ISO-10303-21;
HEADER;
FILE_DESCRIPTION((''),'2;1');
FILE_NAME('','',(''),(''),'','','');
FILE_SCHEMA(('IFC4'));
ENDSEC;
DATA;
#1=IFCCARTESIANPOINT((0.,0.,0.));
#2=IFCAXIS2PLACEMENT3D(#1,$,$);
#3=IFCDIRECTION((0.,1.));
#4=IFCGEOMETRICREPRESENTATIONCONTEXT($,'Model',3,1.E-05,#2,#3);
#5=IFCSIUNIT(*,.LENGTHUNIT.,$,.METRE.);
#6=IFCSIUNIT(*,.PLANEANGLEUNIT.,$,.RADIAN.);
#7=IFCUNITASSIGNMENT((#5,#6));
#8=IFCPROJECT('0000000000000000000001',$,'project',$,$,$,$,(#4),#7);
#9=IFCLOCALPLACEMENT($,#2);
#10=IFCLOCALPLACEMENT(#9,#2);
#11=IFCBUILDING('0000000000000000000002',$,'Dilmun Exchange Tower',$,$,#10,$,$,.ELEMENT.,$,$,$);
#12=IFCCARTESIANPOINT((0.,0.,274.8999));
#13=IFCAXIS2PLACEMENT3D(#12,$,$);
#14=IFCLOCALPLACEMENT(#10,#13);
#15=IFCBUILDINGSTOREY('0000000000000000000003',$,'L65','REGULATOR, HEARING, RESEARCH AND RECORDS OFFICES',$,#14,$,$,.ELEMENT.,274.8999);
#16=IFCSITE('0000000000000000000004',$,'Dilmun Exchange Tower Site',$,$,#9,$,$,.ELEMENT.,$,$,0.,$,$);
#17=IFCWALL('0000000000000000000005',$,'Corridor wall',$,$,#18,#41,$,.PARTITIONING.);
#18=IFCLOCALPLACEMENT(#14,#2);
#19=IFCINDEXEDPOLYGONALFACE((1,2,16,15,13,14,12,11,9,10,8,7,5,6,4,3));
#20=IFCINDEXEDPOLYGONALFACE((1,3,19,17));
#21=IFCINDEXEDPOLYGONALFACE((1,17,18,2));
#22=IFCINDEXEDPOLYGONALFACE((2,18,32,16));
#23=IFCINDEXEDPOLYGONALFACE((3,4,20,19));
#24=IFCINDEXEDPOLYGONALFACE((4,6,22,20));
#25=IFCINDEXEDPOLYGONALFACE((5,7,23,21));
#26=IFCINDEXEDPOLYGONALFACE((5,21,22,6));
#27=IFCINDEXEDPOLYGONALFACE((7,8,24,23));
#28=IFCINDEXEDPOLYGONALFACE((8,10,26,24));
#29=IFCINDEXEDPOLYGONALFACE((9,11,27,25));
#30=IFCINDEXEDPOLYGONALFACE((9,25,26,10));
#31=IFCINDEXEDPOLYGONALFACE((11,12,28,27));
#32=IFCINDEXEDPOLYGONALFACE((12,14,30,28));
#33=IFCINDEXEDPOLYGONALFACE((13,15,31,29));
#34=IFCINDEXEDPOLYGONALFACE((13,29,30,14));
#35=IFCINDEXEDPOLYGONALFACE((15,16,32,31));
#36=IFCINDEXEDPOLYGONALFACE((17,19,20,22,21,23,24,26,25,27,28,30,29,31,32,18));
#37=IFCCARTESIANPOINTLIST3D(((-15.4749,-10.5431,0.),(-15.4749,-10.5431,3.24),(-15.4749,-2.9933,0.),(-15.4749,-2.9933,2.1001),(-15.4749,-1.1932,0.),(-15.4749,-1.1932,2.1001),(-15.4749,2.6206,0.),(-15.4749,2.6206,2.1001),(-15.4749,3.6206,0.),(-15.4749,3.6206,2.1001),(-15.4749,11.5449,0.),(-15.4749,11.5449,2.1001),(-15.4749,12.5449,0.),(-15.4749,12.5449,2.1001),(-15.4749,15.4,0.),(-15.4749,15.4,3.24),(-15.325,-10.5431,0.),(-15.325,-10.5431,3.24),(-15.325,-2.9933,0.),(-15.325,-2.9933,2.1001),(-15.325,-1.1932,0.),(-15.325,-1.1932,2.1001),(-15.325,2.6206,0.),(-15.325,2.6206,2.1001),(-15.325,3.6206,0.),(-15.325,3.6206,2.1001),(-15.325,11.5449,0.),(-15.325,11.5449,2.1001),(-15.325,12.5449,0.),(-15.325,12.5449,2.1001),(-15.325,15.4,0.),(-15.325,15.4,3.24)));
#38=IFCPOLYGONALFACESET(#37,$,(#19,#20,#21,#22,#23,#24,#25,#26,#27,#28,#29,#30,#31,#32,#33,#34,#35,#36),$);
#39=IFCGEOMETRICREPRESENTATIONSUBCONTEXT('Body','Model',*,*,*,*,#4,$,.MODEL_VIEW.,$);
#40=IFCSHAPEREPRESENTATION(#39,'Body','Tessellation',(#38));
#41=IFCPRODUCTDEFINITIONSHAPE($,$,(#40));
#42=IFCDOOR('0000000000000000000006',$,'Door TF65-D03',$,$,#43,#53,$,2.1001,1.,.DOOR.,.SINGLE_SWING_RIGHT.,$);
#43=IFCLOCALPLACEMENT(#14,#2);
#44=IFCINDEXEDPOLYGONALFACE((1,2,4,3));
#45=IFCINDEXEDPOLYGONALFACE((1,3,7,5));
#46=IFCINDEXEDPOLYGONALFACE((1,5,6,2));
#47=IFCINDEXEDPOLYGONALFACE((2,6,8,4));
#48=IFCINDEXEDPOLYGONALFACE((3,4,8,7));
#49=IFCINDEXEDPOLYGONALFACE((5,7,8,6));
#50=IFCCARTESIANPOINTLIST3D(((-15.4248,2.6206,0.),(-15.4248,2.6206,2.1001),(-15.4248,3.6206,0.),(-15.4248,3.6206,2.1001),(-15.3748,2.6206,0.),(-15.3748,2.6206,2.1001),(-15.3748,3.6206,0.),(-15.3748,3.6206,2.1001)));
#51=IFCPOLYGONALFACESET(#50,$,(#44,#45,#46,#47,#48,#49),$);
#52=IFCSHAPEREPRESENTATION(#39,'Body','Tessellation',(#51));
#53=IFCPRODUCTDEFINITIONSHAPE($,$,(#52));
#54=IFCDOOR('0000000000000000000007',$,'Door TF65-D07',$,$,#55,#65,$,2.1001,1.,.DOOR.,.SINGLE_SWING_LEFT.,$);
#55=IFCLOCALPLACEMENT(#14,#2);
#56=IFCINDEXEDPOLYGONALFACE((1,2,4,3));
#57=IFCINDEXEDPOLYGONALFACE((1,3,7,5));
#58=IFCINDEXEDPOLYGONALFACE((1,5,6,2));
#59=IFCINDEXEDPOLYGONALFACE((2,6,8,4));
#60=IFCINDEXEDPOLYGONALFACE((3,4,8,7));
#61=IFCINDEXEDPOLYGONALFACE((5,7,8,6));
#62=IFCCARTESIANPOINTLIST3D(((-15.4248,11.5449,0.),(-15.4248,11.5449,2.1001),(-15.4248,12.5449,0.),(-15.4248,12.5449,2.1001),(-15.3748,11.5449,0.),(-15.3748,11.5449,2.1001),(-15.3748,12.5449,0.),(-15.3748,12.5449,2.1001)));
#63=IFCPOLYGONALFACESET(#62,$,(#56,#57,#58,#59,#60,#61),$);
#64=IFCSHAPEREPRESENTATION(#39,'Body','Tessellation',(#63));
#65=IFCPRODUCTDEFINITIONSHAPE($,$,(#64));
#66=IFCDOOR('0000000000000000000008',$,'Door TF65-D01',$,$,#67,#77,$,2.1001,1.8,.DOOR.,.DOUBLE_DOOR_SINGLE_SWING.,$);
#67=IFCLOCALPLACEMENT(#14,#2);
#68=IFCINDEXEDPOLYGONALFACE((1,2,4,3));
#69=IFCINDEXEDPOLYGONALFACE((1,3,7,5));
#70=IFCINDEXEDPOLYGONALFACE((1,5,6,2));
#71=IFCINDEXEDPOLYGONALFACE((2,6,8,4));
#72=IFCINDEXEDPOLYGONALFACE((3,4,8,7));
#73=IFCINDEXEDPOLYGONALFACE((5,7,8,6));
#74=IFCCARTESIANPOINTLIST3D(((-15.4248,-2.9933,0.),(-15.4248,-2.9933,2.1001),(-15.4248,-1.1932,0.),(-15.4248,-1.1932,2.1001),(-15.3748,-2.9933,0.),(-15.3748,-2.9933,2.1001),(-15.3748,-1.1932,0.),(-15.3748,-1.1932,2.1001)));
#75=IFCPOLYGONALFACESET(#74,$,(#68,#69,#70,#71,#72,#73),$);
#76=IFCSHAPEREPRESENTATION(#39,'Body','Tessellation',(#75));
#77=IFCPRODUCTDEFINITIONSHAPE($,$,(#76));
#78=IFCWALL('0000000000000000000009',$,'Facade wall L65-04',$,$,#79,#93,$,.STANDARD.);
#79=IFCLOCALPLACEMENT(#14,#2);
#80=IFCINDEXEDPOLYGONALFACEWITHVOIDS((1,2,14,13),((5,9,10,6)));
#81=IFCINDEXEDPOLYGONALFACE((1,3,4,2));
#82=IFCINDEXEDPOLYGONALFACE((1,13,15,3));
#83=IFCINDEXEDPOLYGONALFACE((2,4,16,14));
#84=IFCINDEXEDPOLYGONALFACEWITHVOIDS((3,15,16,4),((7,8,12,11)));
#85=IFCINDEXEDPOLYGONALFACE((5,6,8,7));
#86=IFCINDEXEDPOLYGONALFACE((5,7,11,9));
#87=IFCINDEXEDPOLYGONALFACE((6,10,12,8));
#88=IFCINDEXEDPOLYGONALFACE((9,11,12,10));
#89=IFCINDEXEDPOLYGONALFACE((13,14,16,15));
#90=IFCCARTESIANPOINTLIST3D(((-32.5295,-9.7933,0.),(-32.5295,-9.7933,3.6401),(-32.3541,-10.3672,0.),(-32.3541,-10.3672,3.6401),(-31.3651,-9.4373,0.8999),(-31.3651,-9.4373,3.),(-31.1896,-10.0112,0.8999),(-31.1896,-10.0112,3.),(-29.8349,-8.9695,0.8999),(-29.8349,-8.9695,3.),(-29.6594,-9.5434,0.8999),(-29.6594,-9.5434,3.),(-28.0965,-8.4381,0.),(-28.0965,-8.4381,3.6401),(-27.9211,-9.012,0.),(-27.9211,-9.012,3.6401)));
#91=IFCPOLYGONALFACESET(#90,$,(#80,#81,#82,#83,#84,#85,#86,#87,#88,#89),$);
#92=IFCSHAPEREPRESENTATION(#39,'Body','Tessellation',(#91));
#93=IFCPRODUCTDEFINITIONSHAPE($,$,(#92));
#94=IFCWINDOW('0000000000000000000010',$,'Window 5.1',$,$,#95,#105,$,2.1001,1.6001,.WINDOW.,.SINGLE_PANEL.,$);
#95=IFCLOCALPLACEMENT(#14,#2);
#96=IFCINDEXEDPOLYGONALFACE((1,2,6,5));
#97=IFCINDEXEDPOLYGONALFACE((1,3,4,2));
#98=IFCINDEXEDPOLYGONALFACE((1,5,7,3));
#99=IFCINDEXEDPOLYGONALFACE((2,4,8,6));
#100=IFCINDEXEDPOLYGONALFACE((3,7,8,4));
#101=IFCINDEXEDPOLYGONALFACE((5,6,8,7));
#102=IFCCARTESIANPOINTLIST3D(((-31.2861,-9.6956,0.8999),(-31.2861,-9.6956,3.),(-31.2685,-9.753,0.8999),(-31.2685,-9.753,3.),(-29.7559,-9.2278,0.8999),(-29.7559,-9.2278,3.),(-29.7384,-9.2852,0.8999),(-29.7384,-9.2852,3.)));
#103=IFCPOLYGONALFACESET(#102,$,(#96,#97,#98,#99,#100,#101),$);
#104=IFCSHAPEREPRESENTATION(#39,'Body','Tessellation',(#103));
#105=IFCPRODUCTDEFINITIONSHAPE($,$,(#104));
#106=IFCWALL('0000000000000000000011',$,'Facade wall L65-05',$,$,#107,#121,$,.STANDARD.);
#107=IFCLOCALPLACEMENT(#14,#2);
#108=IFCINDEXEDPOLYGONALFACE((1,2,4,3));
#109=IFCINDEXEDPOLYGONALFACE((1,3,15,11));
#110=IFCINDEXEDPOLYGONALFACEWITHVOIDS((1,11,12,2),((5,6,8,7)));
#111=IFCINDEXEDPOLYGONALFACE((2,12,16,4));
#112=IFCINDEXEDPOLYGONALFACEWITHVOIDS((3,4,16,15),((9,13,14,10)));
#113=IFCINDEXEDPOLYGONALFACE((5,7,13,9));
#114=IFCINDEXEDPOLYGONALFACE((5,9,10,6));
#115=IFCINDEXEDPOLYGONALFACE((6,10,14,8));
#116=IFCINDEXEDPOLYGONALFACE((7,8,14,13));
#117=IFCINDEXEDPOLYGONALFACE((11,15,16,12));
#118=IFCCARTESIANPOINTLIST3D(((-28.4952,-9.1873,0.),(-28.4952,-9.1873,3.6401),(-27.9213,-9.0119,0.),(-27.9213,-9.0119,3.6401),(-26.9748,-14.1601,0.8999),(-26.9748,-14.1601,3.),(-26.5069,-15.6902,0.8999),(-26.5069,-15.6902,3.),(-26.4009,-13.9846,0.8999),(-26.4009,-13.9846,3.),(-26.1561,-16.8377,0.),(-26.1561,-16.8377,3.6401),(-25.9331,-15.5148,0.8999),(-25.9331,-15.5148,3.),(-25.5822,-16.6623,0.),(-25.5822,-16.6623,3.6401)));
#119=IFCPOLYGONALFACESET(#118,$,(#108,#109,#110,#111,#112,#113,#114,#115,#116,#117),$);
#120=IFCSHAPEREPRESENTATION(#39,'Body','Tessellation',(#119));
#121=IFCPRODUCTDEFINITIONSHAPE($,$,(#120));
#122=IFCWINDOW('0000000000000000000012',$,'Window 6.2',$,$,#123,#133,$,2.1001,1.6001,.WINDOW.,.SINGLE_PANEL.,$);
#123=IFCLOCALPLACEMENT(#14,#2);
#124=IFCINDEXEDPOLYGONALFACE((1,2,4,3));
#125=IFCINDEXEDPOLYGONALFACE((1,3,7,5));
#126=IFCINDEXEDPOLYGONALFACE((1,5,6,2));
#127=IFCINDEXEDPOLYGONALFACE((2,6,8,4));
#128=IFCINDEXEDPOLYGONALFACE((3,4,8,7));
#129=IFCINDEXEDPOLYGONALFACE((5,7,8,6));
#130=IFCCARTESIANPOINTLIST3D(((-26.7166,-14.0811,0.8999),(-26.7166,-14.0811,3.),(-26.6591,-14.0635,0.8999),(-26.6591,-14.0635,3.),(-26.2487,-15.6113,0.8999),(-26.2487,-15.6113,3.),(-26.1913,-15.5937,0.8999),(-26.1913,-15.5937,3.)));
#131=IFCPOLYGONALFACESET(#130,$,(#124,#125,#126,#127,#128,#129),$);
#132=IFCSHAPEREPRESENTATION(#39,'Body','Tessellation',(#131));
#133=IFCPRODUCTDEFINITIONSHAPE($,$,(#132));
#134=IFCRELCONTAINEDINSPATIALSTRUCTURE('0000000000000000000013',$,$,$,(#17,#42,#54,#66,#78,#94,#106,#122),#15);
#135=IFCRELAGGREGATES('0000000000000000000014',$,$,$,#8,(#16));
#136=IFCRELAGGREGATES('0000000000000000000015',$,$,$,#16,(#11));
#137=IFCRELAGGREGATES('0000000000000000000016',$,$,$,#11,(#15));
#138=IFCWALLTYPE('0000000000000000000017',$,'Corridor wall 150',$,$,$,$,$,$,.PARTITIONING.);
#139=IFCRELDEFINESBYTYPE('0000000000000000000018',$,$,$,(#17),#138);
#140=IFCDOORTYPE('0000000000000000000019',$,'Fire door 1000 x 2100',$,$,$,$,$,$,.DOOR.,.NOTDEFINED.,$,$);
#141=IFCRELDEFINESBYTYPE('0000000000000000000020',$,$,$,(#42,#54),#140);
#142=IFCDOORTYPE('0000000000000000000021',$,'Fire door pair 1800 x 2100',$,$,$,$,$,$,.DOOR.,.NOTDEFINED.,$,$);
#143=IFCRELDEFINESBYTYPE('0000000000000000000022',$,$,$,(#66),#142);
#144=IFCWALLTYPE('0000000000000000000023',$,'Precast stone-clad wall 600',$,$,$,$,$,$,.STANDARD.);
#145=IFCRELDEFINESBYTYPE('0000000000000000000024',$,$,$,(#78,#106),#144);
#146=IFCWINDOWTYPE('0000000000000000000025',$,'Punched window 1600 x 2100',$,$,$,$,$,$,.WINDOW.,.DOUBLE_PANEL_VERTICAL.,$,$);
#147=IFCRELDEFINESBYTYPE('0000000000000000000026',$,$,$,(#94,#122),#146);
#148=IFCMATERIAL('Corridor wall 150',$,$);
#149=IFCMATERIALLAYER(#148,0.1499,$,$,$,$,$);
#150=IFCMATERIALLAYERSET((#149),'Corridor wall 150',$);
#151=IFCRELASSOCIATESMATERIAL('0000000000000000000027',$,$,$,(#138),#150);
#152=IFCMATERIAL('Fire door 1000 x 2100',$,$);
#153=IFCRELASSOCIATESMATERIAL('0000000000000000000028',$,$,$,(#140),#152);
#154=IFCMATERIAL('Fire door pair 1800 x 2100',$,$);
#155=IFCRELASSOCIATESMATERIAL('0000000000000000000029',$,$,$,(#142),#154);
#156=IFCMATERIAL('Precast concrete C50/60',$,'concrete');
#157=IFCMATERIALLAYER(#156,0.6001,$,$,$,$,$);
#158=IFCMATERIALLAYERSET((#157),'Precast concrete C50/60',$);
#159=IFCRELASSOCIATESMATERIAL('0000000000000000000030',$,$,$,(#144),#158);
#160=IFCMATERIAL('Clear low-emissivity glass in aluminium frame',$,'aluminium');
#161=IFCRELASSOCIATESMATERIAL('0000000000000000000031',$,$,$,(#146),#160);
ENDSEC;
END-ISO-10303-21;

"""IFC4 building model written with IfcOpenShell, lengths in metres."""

from ifc_helpers import new_model, si_unit, direction, frame, frame_2d, origin, place, context, subcontext, project, spatial, rectangle, extrude, material, layer, layer_set, type_object, element, fill, save


model = new_model("IFC4")

# Units and contexts
model_context = context("Model", 3, precision=1e-05, world=origin(), true_north=direction((0.0, 1.0)))
body_context = subcontext(model_context, "Body", "Model", "MODEL_VIEW")
ifc_project = project(units=[si_unit("LENGTHUNIT", "METRE"), si_unit("PLANEANGLEUNIT", "RADIAN")], contexts=[model_context])

# Site, building, storey
site_placement = place(None, origin())
site = spatial("IfcSite", under=ifc_project, at=site_placement, Name="Dilmun Exchange Tower Site", CompositionType="ELEMENT", RefElevation=0.0)
building_placement = place(site_placement, origin())
building = spatial("IfcBuilding", under=site, at=building_placement, Name="Dilmun Exchange Tower", CompositionType="ELEMENT")
storey_placement = place(building_placement, frame((0.0, 0.0, 274.8999)))
storey = spatial("IfcBuildingStorey", under=building, at=storey_placement, Name="L65", Description="REGULATOR, HEARING, RESEARCH AND RECORDS OFFICES", CompositionType="ELEMENT", Elevation=274.8999)

# Shared definitions
ifc_material_1 = material(Name="Corridor wall 150")
ifc_layer_1 = layer(ifc_material_1, 0.1499)
ifc_layer_set_1 = layer_set([ifc_layer_1], Name="Corridor wall 150")
wall_type_1 = type_object("IfcWallType", Name="Corridor wall 150", PredefinedType="PARTITIONING", material=ifc_layer_set_1)

# Shared definitions
ifc_material_2 = material(Name="Fire door 1000 x 2100")
door_type_1 = type_object("IfcDoorType", Name="Fire door 1000 x 2100", OperationType="NOTDEFINED", PredefinedType="DOOR", material=ifc_material_2)

# Wall, openings, doors
wall_1_placement = place(storey_placement, frame((-15.3999, -10.5432, 0.0), z_axis=(0.0, 0.0, 1.0), x_axis=(0.0, 1.0, 0.0)))
wall_1 = element("IfcWall", 1, at=wall_1_placement, inside=storey, type_object=wall_type_1, Name="Corridor wall", PredefinedType="PARTITIONING", context=body_context, shape_type="SweptSolid", body=[
    extrude(rectangle(XDim=25.9431, YDim=0.1499, at=frame_2d((12.9717, 0.0))), origin(), (0.0, 0.0, 1.0), 3.24),
])
opening_1_placement = place(wall_1_placement, frame((7.55, 0.0, 0.0)))
opening_1 = element("IfcOpeningElement", 2, at=opening_1_placement, cuts=wall_1, PredefinedType="OPENING", context=body_context, shape_type="SweptSolid", body=[
    extrude(rectangle(XDim=1.8, YDim=2.1001, at=frame_2d((0.8999, 1.05))), frame((0.0, 0.085, 0.0), z_axis=(0.0, -1.0, 0.0), x_axis=(1.0, 0.0, 0.0)), (0.0, 0.0, 1.0), 0.1699),
])
opening_2_placement = place(wall_1_placement, frame((13.1638, 0.0, 0.0)))
opening_2 = element("IfcOpeningElement", 3, at=opening_2_placement, cuts=wall_1, PredefinedType="OPENING", context=body_context, shape_type="SweptSolid", body=[
    extrude(rectangle(XDim=1.0, YDim=2.1001, at=frame_2d((0.5, 1.05))), frame((0.0, 0.085, 0.0), z_axis=(0.0, -1.0, 0.0), x_axis=(1.0, 0.0, 0.0)), (0.0, 0.0, 1.0), 0.1699),
])
opening_3_placement = place(wall_1_placement, frame((22.0881, 0.0, 0.0)))
opening_3 = element("IfcOpeningElement", 4, at=opening_3_placement, cuts=wall_1, PredefinedType="OPENING", context=body_context, shape_type="SweptSolid", body=[
    extrude(rectangle(XDim=1.0, YDim=2.1001, at=frame_2d((0.5, 1.05))), frame((0.0, 0.085, 0.0), z_axis=(0.0, -1.0, 0.0), x_axis=(1.0, 0.0, 0.0)), (0.0, 0.0, 1.0), 0.1699),
])
door_1_placement = place(opening_2_placement, origin())
door_1 = element("IfcDoor", 5, at=door_1_placement, inside=storey, type_object=door_type_1, Name="Door TF65-D03", OperationType="SINGLE_SWING_RIGHT", OverallHeight=2.1001, OverallWidth=1.0, PredefinedType="DOOR", context=body_context, shape_type="SweptSolid", body=[
    extrude(rectangle(XDim=1.0, YDim=2.1001, at=frame_2d((0.5, 1.05))), frame((0.0, 0.0249, 0.0), z_axis=(0.0, -1.0, 0.0), x_axis=(1.0, 0.0, 0.0)), (0.0, 0.0, 1.0), 0.05),
])
fill(opening_2, door_1)
door_2_placement = place(opening_3_placement, origin())
door_2 = element("IfcDoor", 6, at=door_2_placement, inside=storey, type_object=door_type_1, Name="Door TF65-D07", OperationType="SINGLE_SWING_LEFT", OverallHeight=2.1001, OverallWidth=1.0, PredefinedType="DOOR", context=body_context, shape_type="SweptSolid", body=[
    extrude(rectangle(XDim=1.0, YDim=2.1001, at=frame_2d((0.5, 1.05))), frame((0.0, 0.0249, 0.0), z_axis=(0.0, -1.0, 0.0), x_axis=(1.0, 0.0, 0.0)), (0.0, 0.0, 1.0), 0.05),
])
fill(opening_3, door_2)
ifc_material_3 = material(Name="Fire door pair 1800 x 2100")
door_type_2 = type_object("IfcDoorType", Name="Fire door pair 1800 x 2100", OperationType="NOTDEFINED", PredefinedType="DOOR", material=ifc_material_3)
door_3_placement = place(opening_1_placement, origin())
door_3 = element("IfcDoor", 7, at=door_3_placement, inside=storey, type_object=door_type_2, Name="Door TF65-D01", OperationType="DOUBLE_DOOR_SINGLE_SWING", OverallHeight=2.1001, OverallWidth=1.8, PredefinedType="DOOR", context=body_context, shape_type="SweptSolid", body=[
    extrude(rectangle(XDim=1.8, YDim=2.1001, at=frame_2d((0.8999, 1.05))), frame((0.0, 0.0249, 0.0), z_axis=(0.0, -1.0, 0.0), x_axis=(1.0, 0.0, 0.0)), (0.0, 0.0, 1.0), 0.05),
])
fill(opening_1, door_3)

# Walls, openings, windows
ifc_material_4 = material(Name="Precast concrete C50/60", Category="concrete")
ifc_layer_2 = layer(ifc_material_4, 0.6001)
ifc_layer_set_2 = layer_set([ifc_layer_2], Name="Precast concrete C50/60")
wall_type_2 = type_object("IfcWallType", Name="Precast stone-clad wall 600", PredefinedType="STANDARD", material=ifc_layer_set_2)
wall_2_placement = place(storey_placement, frame((-32.4419, -10.0803, 0.0), z_axis=(0.0, 0.0, 1.0), x_axis=(0.956307, 0.292364, 0.0)))
wall_2 = element("IfcWall", 8, at=wall_2_placement, inside=storey, type_object=wall_type_2, Name="Facade wall L65-04", PredefinedType="STANDARD", context=body_context, shape_type="SweptSolid", body=[
    extrude(rectangle(XDim=4.6355, YDim=0.6001, at=frame_2d((2.3179, 0.0))), origin(), (0.0, 0.0, 1.0), 3.6401),
])
opening_4_placement = place(wall_2_placement, frame((1.2178, 0.0, 0.8999)))
opening_4 = element("IfcOpeningElement", 9, at=opening_4_placement, cuts=wall_2, PredefinedType="OPENING", context=body_context, shape_type="SweptSolid", body=[
    extrude(rectangle(XDim=1.6001, YDim=2.1001, at=frame_2d((0.8, 1.05))), frame((0.0, 0.3101, 0.0), z_axis=(0.0, -1.0, 0.0), x_axis=(1.0, 0.0, 0.0)), (0.0, 0.0, 1.0), 0.6201),
])
ifc_material_5 = material(Name="Clear low-emissivity glass in aluminium frame", Category="aluminium")
window_type = type_object("IfcWindowType", Name="Punched window 1600 x 2100", PartitioningType="DOUBLE_PANEL_VERTICAL", PredefinedType="WINDOW", material=ifc_material_5)
window_1_placement = place(opening_4_placement, origin())
window_1 = element("IfcWindow", 10, at=window_1_placement, inside=storey, type_object=window_type, Name="Window 5.1", OverallHeight=2.1001, OverallWidth=1.6001, PartitioningType="SINGLE_PANEL", PredefinedType="WINDOW", context=body_context, shape_type="SweptSolid", body=[
    extrude(rectangle(XDim=1.6001, YDim=2.1001, at=frame_2d((0.8, 1.05))), frame((0.0, 0.03, 0.0), z_axis=(0.0, -1.0, 0.0), x_axis=(1.0, 0.0, 0.0)), (0.0, 0.0, 1.0), 0.0601),
])
fill(opening_4, window_1)
wall_3_placement = place(storey_placement, frame((-28.2083, -9.0996, 0.0), z_axis=(0.0, 0.0, 1.0), x_axis=(0.292389, -0.956299, 0.0)))
wall_3 = element("IfcWall", 11, at=wall_3_placement, inside=storey, type_object=wall_type_2, Name="Facade wall L65-05", PredefinedType="STANDARD", context=body_context, shape_type="SweptSolid", body=[
    extrude(rectangle(XDim=8.0, YDim=0.6001, at=frame_2d((4.0, 0.0))), origin(), (0.0, 0.0, 1.0), 3.6401),
])
opening_5_placement = place(wall_3_placement, frame((5.2, 0.0, 0.8999)))
opening_5 = element("IfcOpeningElement", 12, at=opening_5_placement, cuts=wall_3, PredefinedType="OPENING", context=body_context, shape_type="SweptSolid", body=[
    extrude(rectangle(XDim=1.6001, YDim=2.1001, at=frame_2d((0.8, 1.05))), frame((0.0, 0.3101, 0.0), z_axis=(0.0, -1.0, 0.0), x_axis=(1.0, 0.0, 0.0)), (0.0, 0.0, 1.0), 0.6201),
])
window_2_placement = place(opening_5_placement, origin())
window_2 = element("IfcWindow", 13, at=window_2_placement, inside=storey, type_object=window_type, Name="Window 6.2", OverallHeight=2.1001, OverallWidth=1.6001, PartitioningType="SINGLE_PANEL", PredefinedType="WINDOW", context=body_context, shape_type="SweptSolid", body=[
    extrude(rectangle(XDim=1.6001, YDim=2.1001, at=frame_2d((0.8, 1.05))), frame((0.0, 0.03, 0.0), z_axis=(0.0, -1.0, 0.0), x_axis=(1.0, 0.0, 0.0)), (0.0, 0.0, 1.0), 0.0601),
])
fill(opening_5, window_2)

save(model, "model.ifc")
